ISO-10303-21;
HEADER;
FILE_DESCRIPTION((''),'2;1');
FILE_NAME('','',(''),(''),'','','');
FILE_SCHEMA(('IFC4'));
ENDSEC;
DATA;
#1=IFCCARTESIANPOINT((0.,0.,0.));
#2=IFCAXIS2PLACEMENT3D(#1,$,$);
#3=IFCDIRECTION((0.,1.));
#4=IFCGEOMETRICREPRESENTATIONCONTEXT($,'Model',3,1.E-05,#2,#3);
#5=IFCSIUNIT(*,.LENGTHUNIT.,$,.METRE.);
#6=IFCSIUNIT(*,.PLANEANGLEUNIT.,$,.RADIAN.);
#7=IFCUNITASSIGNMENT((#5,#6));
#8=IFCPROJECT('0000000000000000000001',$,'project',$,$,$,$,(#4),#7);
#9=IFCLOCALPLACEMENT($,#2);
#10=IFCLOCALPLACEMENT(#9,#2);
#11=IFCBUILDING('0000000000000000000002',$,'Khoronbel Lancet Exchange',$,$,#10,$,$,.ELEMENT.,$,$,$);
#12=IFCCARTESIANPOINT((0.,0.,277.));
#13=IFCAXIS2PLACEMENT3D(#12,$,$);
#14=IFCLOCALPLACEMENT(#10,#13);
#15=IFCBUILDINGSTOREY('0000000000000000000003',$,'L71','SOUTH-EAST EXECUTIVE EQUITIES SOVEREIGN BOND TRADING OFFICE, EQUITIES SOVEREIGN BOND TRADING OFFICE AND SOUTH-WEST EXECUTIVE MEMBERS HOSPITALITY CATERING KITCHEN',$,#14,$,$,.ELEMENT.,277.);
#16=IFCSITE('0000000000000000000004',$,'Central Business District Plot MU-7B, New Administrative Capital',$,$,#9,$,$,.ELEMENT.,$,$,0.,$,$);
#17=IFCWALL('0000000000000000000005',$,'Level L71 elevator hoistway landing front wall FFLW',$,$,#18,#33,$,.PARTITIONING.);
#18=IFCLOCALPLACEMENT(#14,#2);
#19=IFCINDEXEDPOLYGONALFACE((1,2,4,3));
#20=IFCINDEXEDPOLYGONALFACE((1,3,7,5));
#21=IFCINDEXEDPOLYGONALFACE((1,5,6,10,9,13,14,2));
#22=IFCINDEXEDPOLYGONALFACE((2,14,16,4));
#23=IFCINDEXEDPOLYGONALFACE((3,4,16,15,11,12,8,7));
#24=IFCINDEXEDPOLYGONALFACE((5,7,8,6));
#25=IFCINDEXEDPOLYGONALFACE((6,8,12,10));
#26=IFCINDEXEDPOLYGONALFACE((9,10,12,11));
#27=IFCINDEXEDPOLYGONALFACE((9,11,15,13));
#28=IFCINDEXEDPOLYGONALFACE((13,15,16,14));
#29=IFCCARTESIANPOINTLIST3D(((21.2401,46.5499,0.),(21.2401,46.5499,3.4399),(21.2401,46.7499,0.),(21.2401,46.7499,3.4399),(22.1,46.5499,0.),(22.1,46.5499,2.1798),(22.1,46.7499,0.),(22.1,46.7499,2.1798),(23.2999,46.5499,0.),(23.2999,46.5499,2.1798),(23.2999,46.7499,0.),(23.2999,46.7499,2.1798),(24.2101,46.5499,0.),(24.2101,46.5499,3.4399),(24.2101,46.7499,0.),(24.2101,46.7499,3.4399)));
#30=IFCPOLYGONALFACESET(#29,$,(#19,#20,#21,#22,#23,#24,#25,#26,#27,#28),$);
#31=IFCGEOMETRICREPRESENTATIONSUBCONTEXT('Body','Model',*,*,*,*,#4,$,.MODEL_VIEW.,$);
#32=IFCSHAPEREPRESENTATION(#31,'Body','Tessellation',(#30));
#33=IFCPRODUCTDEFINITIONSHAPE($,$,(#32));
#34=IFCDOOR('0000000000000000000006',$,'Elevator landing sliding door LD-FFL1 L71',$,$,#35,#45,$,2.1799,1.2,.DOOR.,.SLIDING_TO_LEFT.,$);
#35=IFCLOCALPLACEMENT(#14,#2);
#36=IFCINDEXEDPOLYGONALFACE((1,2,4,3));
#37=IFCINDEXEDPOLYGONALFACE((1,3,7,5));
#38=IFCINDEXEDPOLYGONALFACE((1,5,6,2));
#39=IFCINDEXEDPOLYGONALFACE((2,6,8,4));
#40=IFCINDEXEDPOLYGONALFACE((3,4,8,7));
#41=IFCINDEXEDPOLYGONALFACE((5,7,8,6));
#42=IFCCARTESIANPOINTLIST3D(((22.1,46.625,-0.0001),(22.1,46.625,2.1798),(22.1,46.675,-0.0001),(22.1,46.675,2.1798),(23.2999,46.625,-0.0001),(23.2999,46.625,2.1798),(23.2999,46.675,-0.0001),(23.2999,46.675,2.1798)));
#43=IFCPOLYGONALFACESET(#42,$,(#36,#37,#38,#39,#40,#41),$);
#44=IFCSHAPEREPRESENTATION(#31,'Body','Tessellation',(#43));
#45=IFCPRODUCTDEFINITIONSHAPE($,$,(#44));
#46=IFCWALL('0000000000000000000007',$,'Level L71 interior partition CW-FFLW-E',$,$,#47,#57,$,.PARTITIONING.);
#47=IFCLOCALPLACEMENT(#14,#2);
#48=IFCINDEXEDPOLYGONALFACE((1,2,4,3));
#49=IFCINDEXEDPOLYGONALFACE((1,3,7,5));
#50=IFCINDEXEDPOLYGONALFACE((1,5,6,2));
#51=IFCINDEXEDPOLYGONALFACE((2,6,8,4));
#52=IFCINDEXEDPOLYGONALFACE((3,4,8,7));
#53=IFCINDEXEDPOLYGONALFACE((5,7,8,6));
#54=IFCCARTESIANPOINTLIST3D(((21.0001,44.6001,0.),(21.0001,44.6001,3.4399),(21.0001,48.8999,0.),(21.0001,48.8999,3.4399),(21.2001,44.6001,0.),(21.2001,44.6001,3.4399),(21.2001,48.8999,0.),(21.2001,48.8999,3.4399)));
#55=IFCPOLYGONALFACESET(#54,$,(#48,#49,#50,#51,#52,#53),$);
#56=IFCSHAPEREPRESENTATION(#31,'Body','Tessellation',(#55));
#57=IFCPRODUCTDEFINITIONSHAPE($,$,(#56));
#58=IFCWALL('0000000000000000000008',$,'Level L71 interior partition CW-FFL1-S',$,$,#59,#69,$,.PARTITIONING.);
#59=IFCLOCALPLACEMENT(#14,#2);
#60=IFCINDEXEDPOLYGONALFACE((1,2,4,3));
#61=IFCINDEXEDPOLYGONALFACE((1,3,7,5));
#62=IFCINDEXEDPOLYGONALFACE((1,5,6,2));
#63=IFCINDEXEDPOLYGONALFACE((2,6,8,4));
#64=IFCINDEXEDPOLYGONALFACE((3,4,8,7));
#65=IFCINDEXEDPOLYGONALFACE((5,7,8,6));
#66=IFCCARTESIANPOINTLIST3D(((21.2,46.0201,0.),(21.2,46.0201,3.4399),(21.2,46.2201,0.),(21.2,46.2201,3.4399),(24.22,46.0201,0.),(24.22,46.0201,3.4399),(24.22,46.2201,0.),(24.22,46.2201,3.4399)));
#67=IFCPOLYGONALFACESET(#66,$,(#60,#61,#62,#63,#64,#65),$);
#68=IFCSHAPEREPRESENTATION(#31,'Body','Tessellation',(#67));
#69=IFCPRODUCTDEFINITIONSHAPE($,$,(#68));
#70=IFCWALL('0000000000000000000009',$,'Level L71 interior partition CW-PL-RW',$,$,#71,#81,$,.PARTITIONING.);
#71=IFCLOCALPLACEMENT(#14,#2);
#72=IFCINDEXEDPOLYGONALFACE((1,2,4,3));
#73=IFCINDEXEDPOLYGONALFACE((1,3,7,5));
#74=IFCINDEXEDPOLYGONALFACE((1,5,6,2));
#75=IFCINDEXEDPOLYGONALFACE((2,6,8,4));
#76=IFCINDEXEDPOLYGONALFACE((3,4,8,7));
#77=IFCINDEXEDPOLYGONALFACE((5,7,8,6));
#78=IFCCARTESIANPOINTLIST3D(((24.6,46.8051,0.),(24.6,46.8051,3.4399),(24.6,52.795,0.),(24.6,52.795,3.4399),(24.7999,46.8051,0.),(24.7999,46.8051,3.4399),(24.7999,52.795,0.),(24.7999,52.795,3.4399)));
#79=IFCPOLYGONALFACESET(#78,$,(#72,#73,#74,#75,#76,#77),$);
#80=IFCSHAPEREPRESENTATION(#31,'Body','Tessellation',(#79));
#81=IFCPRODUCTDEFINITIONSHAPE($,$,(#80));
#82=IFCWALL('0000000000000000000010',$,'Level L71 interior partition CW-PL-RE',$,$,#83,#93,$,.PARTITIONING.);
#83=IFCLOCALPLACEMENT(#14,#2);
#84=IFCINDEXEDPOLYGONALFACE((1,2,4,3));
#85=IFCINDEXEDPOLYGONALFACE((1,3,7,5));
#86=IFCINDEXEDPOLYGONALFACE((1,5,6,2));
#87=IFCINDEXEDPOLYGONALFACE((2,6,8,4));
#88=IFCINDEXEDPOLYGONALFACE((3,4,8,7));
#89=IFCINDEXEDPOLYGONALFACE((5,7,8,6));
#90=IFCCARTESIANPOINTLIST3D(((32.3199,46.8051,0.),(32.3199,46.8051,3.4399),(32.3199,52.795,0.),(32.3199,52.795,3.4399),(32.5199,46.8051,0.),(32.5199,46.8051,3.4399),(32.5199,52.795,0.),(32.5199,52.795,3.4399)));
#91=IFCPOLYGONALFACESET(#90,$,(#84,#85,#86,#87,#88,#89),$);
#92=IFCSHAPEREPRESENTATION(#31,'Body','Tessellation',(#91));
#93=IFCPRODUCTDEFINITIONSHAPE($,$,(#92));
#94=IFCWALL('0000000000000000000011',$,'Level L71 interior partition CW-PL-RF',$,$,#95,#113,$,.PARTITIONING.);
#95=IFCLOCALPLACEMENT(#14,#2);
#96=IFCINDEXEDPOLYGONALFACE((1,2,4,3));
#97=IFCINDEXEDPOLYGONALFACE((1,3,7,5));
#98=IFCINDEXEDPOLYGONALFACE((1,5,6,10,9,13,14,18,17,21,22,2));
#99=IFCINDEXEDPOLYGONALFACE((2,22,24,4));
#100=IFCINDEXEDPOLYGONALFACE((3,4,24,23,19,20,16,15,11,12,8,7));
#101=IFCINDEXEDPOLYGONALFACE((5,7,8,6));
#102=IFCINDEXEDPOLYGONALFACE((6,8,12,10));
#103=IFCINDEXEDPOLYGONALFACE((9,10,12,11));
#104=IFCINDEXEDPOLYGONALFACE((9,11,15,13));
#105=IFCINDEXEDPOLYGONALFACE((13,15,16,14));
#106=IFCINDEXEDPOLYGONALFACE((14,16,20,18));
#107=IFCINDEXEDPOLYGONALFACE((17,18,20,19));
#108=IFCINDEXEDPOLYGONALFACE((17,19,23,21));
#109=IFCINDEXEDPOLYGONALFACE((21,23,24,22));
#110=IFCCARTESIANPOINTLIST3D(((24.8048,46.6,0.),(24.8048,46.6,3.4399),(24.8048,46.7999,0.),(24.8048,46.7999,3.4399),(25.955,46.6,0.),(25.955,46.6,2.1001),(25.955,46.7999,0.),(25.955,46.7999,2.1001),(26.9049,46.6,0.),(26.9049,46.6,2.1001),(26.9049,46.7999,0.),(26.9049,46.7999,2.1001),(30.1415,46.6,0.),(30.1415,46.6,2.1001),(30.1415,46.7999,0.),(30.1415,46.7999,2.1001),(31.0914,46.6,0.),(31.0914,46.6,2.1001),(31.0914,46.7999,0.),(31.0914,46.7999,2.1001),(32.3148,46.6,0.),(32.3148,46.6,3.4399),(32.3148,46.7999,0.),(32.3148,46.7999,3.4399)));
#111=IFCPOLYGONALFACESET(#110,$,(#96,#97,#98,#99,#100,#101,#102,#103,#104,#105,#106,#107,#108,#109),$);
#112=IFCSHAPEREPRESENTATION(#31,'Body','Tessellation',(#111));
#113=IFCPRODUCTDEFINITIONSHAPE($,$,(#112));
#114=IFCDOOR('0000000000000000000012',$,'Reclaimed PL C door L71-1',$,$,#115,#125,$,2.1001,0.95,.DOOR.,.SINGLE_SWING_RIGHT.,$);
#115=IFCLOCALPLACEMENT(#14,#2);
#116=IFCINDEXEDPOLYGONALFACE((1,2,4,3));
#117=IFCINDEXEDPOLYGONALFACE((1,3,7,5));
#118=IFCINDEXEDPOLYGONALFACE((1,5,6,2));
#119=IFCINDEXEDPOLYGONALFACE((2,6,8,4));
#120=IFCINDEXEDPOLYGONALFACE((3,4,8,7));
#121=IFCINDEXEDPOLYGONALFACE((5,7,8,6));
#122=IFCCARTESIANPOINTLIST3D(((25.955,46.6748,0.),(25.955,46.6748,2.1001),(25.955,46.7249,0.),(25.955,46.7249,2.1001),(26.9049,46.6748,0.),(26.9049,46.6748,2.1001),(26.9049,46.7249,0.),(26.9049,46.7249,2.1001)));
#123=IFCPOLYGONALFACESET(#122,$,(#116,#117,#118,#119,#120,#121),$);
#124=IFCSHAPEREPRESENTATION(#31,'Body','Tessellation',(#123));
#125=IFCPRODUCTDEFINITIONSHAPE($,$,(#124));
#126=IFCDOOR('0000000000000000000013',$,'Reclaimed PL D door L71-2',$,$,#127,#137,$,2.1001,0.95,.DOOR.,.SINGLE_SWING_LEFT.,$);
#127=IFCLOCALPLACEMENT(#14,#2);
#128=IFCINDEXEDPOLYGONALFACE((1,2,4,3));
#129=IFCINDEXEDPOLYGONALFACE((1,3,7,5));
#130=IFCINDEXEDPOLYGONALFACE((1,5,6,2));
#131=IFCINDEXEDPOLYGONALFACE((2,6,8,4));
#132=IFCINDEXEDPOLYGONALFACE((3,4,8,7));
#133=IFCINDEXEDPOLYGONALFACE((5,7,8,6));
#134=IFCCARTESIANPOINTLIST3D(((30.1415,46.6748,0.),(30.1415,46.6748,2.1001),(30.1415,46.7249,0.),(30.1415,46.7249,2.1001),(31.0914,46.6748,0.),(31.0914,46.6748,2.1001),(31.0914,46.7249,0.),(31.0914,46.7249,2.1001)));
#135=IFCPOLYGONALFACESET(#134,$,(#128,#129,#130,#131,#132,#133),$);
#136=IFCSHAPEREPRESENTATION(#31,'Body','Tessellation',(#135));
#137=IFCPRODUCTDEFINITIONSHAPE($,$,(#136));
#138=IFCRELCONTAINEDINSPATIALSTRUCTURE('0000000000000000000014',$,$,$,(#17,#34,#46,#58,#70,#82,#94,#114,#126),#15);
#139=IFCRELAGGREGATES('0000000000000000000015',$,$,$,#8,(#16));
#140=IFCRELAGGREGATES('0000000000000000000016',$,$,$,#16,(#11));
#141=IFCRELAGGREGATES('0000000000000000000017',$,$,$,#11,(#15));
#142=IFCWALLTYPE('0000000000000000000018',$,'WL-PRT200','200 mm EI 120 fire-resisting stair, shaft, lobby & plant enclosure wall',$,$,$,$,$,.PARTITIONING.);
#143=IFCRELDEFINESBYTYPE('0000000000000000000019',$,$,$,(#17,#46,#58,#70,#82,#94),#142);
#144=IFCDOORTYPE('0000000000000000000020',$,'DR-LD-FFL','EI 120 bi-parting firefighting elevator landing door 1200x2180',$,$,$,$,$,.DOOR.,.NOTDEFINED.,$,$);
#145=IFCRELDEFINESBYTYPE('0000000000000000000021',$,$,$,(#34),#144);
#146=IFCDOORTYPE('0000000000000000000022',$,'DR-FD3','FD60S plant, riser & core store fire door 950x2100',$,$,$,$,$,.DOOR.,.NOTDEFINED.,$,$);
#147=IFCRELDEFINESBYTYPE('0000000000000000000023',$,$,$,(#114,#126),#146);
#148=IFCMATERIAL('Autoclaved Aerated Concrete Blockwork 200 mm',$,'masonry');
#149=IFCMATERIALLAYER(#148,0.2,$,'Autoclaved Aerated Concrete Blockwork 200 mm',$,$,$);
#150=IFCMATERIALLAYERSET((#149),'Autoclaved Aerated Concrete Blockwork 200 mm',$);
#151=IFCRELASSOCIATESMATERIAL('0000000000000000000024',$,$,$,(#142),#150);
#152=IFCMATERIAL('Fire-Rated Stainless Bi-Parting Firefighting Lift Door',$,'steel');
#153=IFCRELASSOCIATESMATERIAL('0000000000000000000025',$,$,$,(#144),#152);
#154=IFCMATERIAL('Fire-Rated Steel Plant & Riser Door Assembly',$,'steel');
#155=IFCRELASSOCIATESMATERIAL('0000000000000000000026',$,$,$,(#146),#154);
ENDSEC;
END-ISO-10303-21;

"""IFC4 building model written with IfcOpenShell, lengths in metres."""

from ifc_helpers import new_model, si_unit, direction, frame, frame_2d, origin, place, context, subcontext, project, spatial, rectangle, extrude, material, layer, layer_set, type_object, element, fill, save


model = new_model("IFC4")

# Units and contexts
model_context = context("Model", 3, precision=1e-05, world=origin(), true_north=direction((0.0, 1.0)))
body_context = subcontext(model_context, "Body", "Model", "MODEL_VIEW")
ifc_project = project(units=[si_unit("LENGTHUNIT", "METRE"), si_unit("PLANEANGLEUNIT", "RADIAN")], contexts=[model_context])

# Site, building, storey
site_placement = place(None, origin())
site = spatial("IfcSite", under=ifc_project, at=site_placement, Name="Central Business District Plot MU-7B, New Administrative Capital", CompositionType="ELEMENT", RefElevation=0.0)
building_placement = place(site_placement, origin())
building = spatial("IfcBuilding", under=site, at=building_placement, Name="Khoronbel Lancet Exchange", CompositionType="ELEMENT")
storey_placement = place(building_placement, frame((0.0, 0.0, 277.0)))
storey = spatial("IfcBuildingStorey", under=building, at=storey_placement, Name="L71", Description="SOUTH-EAST EXECUTIVE EQUITIES SOVEREIGN BOND TRADING OFFICE, EQUITIES SOVEREIGN BOND TRADING OFFICE AND SOUTH-WEST EXECUTIVE MEMBERS HOSPITALITY CATERING KITCHEN", CompositionType="ELEMENT", Elevation=277.0)

# Wall, opening, door
ifc_material_1 = material(Name="Autoclaved Aerated Concrete Blockwork 200 mm", Category="masonry")
ifc_layer_1 = layer(ifc_material_1, 0.2, Name="Autoclaved Aerated Concrete Blockwork 200 mm")
ifc_layer_set_1 = layer_set([ifc_layer_1], Name="Autoclaved Aerated Concrete Blockwork 200 mm")
wall_type_1 = type_object("IfcWallType", Name="WL-PRT200", Description="200 mm EI 120 fire-resisting stair, shaft, lobby & plant enclosure wall", PredefinedType="PARTITIONING", material=ifc_layer_set_1)
wall_1_placement = place(storey_placement, frame((24.21, 46.6499, 0.0), z_axis=(0.0, 0.0, 1.0), x_axis=(-1.0, 0.0, 0.0)))
wall_1 = element("IfcWall", 1, at=wall_1_placement, inside=storey, type_object=wall_type_1, Name="Level L71 elevator hoistway landing front wall FFLW", PredefinedType="PARTITIONING", context=body_context, shape_type="SweptSolid", body=[
    extrude(rectangle(XDim=2.97, YDim=0.2, at=frame_2d((1.4849, 0.0))), origin(), (0.0, 0.0, 1.0), 3.4399),
])
opening_1_placement = place(wall_1_placement, frame((0.9099, 0.0, 0.0)))
opening_1 = element("IfcOpeningElement", 2, at=opening_1_placement, cuts=wall_1, PredefinedType="OPENING", context=body_context, shape_type="SweptSolid", body=[
    extrude(rectangle(XDim=1.2, YDim=2.1799, at=frame_2d((0.6001, 1.0898))), frame((0.0, 0.1099, 0.0), z_axis=(0.0, -1.0, 0.0), x_axis=(1.0, 0.0, 0.0)), (0.0, 0.0, 1.0), 0.22),
])
ifc_material_2 = material(Name="Fire-Rated Stainless Bi-Parting Firefighting Lift Door", Category="steel")
door_type_1 = type_object("IfcDoorType", Name="DR-LD-FFL", Description="EI 120 bi-parting firefighting elevator landing door 1200x2180", OperationType="NOTDEFINED", PredefinedType="DOOR", material=ifc_material_2)
door_1_placement = place(opening_1_placement, origin())
door_1 = element("IfcDoor", 3, at=door_1_placement, inside=storey, type_object=door_type_1, Name="Elevator landing sliding door LD-FFL1 L71", OperationType="SLIDING_TO_LEFT", OverallHeight=2.1799, OverallWidth=1.2, PredefinedType="DOOR", context=body_context, shape_type="SweptSolid", body=[
    extrude(rectangle(XDim=1.2, YDim=2.1799, at=frame_2d((0.6001, 1.0898))), frame((0.0, 0.0249, 0.0), z_axis=(0.0, -1.0, 0.0), x_axis=(1.0, 0.0, 0.0)), (0.0, 0.0, 1.0), 0.05),
])
fill(opening_1, door_1)

# Walls
wall_2_placement = place(storey_placement, frame((21.1001, 44.6001, 0.0), z_axis=(0.0, 0.0, 1.0), x_axis=(0.0, 1.0, 0.0)))
element("IfcWall", 4, at=wall_2_placement, inside=storey, type_object=wall_type_1, Name="Level L71 interior partition CW-FFLW-E", PredefinedType="PARTITIONING", context=body_context, shape_type="SweptSolid", body=[
    extrude(rectangle(XDim=4.2998, YDim=0.2, at=frame_2d((2.1499, 0.0))), origin(), (0.0, 0.0, 1.0), 3.4399),
])
wall_3_placement = place(storey_placement, frame((21.2, 46.1201, 0.0), z_axis=(0.0, 0.0, 1.0), x_axis=(1.0, 0.0, 0.0)))
element("IfcWall", 5, at=wall_3_placement, inside=storey, type_object=wall_type_1, Name="Level L71 interior partition CW-FFL1-S", PredefinedType="PARTITIONING", context=body_context, shape_type="SweptSolid", body=[
    extrude(rectangle(XDim=3.02, YDim=0.2, at=frame_2d((1.51, 0.0))), origin(), (0.0, 0.0, 1.0), 3.4399),
])
for number, where, z_axis, x_axis, name in (
    (6, (24.7, 46.8049, 0.0), (0.0, 0.0, 1.0), (0.0, 1.0, 0.0), "Level L71 interior partition CW-PL-RW"),
    (7, (32.4199, 46.8049, 0.0), (0.0, 0.0, 1.0), (0.0, 1.0, 0.0), "Level L71 interior partition CW-PL-RE"),
):
    element("IfcWall", number, at=place(storey_placement, frame(where, z_axis=z_axis, x_axis=x_axis)), inside=storey, type_object=wall_type_1, Name=name, PredefinedType="PARTITIONING", context=body_context, shape_type="SweptSolid", body=[
        extrude(rectangle(XDim=5.99, YDim=0.2, at=frame_2d((2.9951, 0.0))), origin(), (0.0, 0.0, 1.0), 3.4399),
    ])

# Wall, openings, doors
wall_4_placement = place(storey_placement, frame((24.8049, 46.7, 0.0), z_axis=(0.0, 0.0, 1.0), x_axis=(1.0, 0.0, 0.0)))
wall_4 = element("IfcWall", 8, at=wall_4_placement, inside=storey, type_object=wall_type_1, Name="Level L71 interior partition CW-PL-RF", PredefinedType="PARTITIONING", context=body_context, shape_type="SweptSolid", body=[
    extrude(rectangle(XDim=7.51, YDim=0.2, at=frame_2d((3.7549, 0.0))), origin(), (0.0, 0.0, 1.0), 3.4399),
])
opening_2_placement = place(wall_4_placement, frame((1.1499, 0.0, 0.0)))
opening_2 = element("IfcOpeningElement", 9, at=opening_2_placement, cuts=wall_4, PredefinedType="OPENING", context=body_context, shape_type="SweptSolid", body=[
    extrude(rectangle(XDim=0.95, YDim=2.1001, at=frame_2d((0.4751, 1.05))), frame((0.0, 0.1099, 0.0), z_axis=(0.0, -1.0, 0.0), x_axis=(1.0, 0.0, 0.0)), (0.0, 0.0, 1.0), 0.22),
])
opening_3_placement = place(wall_4_placement, frame((5.3364, 0.0, 0.0)))
opening_3 = element("IfcOpeningElement", 10, at=opening_3_placement, cuts=wall_4, PredefinedType="OPENING", context=body_context, shape_type="SweptSolid", body=[
    extrude(rectangle(XDim=0.95, YDim=2.1001, at=frame_2d((0.4751, 1.05))), frame((0.0, 0.1099, 0.0), z_axis=(0.0, -1.0, 0.0), x_axis=(1.0, 0.0, 0.0)), (0.0, 0.0, 1.0), 0.22),
])
ifc_material_3 = material(Name="Fire-Rated Steel Plant & Riser Door Assembly", Category="steel")
door_type_2 = type_object("IfcDoorType", Name="DR-FD3", Description="FD60S plant, riser & core store fire door 950x2100", OperationType="NOTDEFINED", PredefinedType="DOOR", material=ifc_material_3)
door_2_placement = place(opening_2_placement, origin())
door_2 = element("IfcDoor", 11, at=door_2_placement, inside=storey, type_object=door_type_2, Name="Reclaimed PL C door L71-1", OperationType="SINGLE_SWING_RIGHT", OverallHeight=2.1001, OverallWidth=0.95, PredefinedType="DOOR", context=body_context, shape_type="SweptSolid", body=[
    extrude(rectangle(XDim=0.95, YDim=2.1001, at=frame_2d((0.4751, 1.05))), frame((0.0, 0.0249, 0.0), z_axis=(0.0, -1.0, 0.0), x_axis=(1.0, 0.0, 0.0)), (0.0, 0.0, 1.0), 0.05),
])
fill(opening_2, door_2)
door_3_placement = place(opening_3_placement, origin())
door_3 = element("IfcDoor", 12, at=door_3_placement, inside=storey, type_object=door_type_2, Name="Reclaimed PL D door L71-2", OperationType="SINGLE_SWING_LEFT", OverallHeight=2.1001, OverallWidth=0.95, PredefinedType="DOOR", context=body_context, shape_type="SweptSolid", body=[
    extrude(rectangle(XDim=0.95, YDim=2.1001, at=frame_2d((0.4751, 1.05))), frame((0.0, 0.0249, 0.0), z_axis=(0.0, -1.0, 0.0), x_axis=(1.0, 0.0, 0.0)), (0.0, 0.0, 1.0), 0.05),
])
fill(opening_3, door_3)

save(model, "model.ifc")
